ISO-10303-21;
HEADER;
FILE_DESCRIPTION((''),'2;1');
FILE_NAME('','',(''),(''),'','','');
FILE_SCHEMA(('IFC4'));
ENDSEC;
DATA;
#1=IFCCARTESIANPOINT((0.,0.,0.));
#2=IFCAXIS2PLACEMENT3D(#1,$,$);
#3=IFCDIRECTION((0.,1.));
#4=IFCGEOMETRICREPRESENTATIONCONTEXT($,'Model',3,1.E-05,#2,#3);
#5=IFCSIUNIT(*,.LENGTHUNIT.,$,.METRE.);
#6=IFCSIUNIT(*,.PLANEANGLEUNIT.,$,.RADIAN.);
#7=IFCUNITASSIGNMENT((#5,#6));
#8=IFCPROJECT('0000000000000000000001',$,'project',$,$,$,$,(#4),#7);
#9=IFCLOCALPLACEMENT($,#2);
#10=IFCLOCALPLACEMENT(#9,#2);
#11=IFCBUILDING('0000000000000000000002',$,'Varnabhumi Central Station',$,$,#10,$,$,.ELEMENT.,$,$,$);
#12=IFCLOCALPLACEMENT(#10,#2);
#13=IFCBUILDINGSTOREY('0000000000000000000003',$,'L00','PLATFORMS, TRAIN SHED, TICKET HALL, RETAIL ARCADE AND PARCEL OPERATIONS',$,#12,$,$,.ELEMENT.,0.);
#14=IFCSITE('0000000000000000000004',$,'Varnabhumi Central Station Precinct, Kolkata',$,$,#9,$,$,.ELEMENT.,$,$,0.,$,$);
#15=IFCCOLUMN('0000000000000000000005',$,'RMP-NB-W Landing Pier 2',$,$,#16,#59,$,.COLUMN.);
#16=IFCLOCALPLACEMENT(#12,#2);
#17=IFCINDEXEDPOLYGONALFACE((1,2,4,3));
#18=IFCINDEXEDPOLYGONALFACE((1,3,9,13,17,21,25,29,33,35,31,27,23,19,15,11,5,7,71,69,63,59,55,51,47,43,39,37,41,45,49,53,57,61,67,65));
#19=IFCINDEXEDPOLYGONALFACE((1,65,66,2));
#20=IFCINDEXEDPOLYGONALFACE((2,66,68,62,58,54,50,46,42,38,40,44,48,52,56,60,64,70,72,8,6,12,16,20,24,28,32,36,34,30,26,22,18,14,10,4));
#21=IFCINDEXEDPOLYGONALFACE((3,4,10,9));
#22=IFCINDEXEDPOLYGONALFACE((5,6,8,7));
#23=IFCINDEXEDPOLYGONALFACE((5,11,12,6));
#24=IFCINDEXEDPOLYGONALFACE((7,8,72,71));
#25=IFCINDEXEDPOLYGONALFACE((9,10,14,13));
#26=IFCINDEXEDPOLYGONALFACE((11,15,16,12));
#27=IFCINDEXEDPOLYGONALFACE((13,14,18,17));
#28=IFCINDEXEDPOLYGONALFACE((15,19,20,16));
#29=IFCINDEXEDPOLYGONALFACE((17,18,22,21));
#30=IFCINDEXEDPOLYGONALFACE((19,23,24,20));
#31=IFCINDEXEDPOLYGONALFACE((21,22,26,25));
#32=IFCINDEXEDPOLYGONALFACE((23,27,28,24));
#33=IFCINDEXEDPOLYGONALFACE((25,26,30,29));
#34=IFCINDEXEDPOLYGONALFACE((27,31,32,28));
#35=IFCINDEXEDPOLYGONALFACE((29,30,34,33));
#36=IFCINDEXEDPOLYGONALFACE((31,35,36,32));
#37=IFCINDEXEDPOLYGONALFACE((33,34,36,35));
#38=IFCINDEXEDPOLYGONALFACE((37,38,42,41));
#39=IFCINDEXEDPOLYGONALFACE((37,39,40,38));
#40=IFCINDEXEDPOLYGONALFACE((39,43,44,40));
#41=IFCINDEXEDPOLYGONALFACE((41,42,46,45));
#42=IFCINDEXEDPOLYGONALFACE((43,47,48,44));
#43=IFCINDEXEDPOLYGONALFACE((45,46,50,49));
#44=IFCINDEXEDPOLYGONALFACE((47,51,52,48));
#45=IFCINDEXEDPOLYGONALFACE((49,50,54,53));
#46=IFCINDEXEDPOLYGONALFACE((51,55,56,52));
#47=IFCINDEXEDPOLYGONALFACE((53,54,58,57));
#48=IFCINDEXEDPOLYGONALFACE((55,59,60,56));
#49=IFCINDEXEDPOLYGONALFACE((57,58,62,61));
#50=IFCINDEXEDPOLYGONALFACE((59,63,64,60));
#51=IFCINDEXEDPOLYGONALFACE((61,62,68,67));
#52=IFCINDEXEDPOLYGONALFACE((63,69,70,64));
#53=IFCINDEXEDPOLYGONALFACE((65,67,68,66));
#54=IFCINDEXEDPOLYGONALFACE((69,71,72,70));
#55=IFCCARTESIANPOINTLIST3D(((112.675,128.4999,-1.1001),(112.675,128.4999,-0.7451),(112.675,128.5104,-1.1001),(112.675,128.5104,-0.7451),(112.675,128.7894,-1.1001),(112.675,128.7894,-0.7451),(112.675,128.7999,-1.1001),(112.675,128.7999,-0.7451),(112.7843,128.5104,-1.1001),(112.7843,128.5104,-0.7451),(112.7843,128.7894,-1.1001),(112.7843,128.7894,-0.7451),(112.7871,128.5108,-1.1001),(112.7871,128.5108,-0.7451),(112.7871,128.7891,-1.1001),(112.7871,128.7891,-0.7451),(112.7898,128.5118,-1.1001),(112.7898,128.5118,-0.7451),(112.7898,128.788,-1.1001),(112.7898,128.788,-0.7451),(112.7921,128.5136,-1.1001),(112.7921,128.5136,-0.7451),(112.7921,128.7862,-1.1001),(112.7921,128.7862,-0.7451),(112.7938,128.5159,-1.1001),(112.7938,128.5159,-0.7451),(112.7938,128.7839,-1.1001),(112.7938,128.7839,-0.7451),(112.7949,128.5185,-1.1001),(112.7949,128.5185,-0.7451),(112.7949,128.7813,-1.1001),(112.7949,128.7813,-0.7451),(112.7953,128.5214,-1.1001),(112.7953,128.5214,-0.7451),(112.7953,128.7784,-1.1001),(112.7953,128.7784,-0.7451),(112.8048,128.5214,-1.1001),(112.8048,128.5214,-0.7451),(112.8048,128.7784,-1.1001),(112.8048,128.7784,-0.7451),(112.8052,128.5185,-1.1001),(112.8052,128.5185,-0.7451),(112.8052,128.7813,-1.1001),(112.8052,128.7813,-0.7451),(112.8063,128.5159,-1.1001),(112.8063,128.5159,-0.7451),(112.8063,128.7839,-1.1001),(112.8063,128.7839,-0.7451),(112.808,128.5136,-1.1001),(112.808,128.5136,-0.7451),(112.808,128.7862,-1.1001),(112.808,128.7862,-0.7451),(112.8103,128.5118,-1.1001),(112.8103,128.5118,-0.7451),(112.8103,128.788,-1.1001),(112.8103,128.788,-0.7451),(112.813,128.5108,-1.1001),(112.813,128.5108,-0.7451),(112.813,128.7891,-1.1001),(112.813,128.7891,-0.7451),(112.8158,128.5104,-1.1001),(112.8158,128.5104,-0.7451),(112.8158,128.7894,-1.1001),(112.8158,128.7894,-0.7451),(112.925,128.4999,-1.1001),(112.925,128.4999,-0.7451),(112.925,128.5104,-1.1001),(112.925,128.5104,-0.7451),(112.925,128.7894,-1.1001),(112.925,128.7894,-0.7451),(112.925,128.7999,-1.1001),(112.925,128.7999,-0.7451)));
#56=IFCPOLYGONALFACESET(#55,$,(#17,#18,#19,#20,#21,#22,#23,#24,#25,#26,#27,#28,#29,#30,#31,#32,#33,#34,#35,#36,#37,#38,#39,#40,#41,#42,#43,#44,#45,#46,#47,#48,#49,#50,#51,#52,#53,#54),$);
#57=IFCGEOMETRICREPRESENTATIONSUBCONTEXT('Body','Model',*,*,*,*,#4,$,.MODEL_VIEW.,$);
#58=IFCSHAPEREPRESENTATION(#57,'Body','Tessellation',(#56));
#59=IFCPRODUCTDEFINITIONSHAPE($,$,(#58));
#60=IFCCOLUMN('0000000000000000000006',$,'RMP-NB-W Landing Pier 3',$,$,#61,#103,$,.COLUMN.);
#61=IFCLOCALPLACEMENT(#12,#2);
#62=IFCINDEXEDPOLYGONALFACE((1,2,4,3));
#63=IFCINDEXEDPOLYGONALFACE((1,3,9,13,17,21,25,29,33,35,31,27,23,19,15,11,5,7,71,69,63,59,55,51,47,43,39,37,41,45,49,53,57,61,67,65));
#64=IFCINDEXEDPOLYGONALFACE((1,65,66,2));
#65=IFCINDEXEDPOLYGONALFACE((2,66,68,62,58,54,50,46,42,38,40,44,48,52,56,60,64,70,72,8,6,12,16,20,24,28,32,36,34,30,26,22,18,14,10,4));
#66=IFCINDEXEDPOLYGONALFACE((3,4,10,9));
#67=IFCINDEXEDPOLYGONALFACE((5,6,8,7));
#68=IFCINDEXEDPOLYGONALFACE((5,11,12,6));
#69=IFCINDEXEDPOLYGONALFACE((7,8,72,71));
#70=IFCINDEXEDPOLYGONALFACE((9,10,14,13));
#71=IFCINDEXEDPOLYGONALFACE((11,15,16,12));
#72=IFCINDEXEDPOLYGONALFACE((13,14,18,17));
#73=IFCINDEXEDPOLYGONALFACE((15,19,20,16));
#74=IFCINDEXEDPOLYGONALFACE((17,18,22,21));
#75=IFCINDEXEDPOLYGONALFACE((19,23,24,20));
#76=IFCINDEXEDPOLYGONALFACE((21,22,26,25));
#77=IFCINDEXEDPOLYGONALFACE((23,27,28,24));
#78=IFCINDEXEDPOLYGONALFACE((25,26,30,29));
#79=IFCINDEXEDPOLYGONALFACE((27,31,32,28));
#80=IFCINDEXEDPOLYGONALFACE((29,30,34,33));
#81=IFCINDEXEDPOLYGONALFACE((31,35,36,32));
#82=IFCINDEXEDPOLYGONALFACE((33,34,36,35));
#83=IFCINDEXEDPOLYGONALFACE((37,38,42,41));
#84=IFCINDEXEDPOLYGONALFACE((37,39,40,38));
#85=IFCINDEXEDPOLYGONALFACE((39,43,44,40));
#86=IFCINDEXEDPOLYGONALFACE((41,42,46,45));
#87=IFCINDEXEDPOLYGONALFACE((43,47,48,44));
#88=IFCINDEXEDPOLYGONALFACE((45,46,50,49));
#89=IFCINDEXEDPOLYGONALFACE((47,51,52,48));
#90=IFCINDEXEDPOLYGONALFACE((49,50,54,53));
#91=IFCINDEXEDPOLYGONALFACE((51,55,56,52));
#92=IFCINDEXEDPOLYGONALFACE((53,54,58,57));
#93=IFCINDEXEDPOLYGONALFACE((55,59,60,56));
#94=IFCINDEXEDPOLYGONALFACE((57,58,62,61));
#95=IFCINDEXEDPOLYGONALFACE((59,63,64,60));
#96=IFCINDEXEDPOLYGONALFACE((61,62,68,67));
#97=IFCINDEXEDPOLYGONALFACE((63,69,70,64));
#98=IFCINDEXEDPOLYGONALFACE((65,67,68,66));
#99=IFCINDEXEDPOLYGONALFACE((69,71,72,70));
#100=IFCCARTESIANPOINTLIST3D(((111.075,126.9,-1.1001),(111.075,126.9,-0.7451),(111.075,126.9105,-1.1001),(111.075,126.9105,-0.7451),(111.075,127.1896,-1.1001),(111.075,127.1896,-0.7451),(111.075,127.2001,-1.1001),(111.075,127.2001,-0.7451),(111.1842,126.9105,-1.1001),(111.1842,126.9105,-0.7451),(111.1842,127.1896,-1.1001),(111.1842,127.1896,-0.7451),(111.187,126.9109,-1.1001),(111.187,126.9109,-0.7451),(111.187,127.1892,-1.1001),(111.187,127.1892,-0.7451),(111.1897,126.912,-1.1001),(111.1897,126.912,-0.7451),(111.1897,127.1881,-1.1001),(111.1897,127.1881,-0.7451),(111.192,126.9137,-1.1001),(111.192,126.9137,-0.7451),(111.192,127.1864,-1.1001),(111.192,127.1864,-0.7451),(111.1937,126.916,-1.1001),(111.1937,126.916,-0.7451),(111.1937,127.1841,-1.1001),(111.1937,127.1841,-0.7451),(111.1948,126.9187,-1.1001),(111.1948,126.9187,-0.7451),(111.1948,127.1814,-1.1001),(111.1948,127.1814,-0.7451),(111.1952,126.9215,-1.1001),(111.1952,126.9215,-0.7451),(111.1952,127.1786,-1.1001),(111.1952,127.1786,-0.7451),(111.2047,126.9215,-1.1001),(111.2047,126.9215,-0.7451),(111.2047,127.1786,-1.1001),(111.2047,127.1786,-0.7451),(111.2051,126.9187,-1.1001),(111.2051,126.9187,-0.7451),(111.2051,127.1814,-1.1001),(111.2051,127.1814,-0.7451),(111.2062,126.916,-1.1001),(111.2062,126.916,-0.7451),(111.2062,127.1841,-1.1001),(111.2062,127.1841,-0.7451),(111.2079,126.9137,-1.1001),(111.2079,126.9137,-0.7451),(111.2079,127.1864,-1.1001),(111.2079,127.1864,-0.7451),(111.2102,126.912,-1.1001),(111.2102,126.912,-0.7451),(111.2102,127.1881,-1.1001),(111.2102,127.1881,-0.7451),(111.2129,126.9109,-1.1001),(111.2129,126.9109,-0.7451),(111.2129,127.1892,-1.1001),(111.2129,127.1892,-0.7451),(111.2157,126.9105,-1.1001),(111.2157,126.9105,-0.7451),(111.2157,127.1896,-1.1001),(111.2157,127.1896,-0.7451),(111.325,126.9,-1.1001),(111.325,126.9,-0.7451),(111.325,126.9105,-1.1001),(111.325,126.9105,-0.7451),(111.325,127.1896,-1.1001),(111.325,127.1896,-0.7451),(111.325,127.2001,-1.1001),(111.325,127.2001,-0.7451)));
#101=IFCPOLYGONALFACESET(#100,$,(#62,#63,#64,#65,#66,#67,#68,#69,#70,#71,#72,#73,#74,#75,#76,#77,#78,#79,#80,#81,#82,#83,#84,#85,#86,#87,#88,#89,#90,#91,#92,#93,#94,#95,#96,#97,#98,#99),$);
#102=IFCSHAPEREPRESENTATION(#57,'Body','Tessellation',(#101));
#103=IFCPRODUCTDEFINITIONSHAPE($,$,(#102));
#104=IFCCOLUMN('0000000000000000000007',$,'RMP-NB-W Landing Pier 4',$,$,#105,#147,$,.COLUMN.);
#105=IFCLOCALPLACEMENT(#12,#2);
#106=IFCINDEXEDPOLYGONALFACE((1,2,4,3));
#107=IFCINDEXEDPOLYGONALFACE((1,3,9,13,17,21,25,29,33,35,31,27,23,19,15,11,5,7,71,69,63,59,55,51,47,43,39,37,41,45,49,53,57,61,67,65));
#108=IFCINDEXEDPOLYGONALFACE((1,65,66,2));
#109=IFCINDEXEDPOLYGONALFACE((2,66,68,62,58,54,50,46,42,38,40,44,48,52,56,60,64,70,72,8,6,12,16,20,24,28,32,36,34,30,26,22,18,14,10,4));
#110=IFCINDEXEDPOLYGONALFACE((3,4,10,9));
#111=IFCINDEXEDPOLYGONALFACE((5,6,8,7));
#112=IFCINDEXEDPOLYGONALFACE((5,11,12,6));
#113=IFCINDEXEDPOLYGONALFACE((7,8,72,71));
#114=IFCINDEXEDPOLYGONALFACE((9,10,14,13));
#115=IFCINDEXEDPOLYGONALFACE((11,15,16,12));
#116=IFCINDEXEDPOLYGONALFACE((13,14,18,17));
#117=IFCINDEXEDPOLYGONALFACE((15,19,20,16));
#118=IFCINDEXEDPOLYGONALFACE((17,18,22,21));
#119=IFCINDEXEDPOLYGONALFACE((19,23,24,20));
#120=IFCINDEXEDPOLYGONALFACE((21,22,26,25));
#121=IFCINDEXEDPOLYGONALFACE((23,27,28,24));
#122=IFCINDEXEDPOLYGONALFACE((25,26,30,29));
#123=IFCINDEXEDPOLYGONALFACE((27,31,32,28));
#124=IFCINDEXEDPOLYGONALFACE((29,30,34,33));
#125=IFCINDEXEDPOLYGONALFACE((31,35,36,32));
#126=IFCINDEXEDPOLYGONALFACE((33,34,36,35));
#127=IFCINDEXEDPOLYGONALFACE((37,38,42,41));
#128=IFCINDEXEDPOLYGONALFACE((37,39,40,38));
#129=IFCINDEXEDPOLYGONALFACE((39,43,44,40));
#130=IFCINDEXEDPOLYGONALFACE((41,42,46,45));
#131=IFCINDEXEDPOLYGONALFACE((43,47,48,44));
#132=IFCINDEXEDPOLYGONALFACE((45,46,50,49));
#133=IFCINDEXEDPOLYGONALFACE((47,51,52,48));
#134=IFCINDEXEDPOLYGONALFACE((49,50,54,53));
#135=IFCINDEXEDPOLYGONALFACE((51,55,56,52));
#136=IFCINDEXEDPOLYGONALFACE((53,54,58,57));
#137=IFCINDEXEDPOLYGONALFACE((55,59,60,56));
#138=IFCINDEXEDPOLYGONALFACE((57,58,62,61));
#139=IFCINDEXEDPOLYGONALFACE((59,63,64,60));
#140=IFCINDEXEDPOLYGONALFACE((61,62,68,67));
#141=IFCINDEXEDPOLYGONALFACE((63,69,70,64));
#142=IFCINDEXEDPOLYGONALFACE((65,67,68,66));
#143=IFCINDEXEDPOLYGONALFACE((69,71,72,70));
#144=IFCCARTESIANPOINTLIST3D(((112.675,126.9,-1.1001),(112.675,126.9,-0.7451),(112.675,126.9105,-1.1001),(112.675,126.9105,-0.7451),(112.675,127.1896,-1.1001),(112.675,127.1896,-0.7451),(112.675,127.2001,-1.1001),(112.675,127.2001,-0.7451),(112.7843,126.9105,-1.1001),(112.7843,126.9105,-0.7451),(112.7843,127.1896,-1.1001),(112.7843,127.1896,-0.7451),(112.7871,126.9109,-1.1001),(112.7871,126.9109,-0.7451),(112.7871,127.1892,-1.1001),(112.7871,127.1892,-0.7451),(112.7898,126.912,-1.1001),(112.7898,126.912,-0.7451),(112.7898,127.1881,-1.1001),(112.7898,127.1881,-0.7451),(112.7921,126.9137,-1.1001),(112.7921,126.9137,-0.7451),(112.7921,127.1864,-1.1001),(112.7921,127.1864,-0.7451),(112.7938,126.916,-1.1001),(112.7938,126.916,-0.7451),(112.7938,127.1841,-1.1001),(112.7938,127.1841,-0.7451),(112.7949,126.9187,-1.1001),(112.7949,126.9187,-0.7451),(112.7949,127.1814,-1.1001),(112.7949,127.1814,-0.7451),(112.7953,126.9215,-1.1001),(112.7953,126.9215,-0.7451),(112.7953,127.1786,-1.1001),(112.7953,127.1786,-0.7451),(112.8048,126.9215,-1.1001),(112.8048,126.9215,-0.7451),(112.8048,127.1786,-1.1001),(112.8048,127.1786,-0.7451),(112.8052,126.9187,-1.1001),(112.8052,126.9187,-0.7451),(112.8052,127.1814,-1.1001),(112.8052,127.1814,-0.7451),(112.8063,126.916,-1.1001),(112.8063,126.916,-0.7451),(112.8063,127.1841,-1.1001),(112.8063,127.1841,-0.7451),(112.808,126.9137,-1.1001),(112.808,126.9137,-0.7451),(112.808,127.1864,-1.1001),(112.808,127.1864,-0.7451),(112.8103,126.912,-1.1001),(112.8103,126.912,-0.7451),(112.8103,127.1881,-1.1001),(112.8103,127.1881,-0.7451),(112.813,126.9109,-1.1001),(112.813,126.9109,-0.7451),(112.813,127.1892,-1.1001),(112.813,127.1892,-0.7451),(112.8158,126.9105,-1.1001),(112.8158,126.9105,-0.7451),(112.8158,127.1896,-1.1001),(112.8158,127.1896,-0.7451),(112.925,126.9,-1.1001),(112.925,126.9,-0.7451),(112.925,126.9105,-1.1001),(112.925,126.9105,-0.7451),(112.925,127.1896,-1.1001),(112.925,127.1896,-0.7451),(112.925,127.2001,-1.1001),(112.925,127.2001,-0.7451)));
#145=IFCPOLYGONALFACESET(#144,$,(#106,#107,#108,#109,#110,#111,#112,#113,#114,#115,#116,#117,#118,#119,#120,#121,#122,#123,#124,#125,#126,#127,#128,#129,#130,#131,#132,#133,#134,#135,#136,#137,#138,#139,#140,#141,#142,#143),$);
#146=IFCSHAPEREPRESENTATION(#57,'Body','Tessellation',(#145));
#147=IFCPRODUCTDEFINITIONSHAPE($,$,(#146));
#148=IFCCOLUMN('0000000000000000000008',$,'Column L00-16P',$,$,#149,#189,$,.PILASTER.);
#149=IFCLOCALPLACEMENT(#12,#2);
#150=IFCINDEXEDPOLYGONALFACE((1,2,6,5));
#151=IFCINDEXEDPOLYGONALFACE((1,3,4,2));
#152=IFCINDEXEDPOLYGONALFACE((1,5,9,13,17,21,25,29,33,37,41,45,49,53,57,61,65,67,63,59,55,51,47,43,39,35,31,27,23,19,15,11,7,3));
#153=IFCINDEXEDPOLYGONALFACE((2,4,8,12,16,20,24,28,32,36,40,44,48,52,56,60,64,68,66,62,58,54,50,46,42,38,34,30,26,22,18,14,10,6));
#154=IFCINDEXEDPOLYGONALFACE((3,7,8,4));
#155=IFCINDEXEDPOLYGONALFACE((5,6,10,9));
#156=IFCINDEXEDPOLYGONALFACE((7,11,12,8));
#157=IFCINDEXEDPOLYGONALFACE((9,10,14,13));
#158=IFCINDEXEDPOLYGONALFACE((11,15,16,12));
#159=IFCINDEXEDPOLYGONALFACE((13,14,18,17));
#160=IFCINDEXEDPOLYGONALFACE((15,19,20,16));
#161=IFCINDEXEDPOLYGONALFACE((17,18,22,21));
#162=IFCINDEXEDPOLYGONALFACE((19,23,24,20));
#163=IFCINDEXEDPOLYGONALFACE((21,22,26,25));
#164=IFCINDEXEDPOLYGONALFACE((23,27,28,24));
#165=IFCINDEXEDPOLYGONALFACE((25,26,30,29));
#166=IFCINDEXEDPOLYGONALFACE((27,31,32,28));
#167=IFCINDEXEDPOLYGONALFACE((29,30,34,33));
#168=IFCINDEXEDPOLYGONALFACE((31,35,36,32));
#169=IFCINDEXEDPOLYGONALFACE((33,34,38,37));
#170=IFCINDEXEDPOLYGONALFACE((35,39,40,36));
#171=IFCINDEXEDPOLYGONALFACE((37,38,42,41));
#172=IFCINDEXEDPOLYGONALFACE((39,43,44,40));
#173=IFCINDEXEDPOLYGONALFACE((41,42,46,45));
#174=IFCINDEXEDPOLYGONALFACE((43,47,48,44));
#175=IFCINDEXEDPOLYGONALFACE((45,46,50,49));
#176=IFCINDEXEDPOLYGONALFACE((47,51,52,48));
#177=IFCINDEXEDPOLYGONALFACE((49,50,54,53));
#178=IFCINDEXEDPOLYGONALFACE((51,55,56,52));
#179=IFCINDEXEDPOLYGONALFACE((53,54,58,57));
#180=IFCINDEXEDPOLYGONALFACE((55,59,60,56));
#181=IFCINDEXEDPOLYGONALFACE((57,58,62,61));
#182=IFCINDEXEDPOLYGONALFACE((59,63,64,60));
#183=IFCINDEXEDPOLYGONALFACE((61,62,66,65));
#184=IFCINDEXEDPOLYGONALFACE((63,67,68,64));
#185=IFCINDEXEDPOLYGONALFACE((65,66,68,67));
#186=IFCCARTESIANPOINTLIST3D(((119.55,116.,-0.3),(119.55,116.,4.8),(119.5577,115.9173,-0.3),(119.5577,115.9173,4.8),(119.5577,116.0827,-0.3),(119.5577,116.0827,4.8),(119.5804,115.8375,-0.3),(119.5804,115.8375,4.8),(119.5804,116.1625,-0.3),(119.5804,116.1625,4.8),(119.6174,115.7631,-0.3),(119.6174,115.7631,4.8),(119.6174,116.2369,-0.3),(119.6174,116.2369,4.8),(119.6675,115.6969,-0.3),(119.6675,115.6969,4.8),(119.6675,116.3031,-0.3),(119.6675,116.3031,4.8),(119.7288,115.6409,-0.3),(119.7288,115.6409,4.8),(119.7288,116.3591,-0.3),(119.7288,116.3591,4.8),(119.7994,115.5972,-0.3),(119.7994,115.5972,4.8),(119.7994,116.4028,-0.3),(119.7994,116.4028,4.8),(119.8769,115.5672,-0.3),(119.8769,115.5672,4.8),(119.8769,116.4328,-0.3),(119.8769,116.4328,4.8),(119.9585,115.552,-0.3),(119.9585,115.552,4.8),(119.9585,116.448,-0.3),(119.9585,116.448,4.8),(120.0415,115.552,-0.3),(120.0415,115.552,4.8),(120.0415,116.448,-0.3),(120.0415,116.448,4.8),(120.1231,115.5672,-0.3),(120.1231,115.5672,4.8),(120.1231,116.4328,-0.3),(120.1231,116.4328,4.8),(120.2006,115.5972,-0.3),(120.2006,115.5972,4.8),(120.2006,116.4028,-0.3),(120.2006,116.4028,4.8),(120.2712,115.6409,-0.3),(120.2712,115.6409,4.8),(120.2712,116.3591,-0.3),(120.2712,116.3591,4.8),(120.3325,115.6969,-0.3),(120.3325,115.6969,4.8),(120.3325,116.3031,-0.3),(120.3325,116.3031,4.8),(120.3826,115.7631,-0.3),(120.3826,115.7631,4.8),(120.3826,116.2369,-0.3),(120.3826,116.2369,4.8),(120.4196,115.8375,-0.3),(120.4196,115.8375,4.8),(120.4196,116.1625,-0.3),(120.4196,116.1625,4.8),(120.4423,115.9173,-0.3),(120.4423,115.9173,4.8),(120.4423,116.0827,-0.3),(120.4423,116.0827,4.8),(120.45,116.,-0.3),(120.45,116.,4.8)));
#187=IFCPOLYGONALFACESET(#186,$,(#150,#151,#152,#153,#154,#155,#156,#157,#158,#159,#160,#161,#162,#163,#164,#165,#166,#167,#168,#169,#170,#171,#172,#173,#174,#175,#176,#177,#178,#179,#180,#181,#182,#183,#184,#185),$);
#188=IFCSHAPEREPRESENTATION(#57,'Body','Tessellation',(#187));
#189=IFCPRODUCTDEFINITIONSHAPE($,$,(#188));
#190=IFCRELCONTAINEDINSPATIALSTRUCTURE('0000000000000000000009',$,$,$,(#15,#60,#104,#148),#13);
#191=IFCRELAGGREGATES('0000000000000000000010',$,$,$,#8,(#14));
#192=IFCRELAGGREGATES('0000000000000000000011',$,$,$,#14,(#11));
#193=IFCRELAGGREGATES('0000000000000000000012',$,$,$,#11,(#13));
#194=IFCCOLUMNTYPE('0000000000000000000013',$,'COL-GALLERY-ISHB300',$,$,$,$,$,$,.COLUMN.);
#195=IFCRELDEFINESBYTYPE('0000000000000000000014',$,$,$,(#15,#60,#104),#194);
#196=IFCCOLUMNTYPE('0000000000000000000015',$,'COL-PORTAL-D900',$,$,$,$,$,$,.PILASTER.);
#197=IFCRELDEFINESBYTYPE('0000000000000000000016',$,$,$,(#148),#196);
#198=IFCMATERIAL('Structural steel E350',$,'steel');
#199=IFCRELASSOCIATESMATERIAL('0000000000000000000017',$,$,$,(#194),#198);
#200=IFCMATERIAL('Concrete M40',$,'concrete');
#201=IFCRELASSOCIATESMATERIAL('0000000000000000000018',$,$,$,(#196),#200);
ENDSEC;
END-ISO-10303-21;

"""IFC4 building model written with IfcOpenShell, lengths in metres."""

from ifc_helpers import new_model, si_unit, direction, frame, origin, origin_2d, place, context, subcontext, project, spatial, circle, i_section, extrude, material, material_profile, profile_set, type_object, element, save


model = new_model("IFC4")

# Units and contexts
model_context = context("Model", 3, precision=1e-05, world=origin(), true_north=direction((0.0, 1.0)))
body_context = subcontext(model_context, "Body", "Model", "MODEL_VIEW")
ifc_project = project(units=[si_unit("LENGTHUNIT", "METRE"), si_unit("PLANEANGLEUNIT", "RADIAN")], contexts=[model_context])

# Site, building, storey
site_placement = place(None, origin())
site = spatial("IfcSite", under=ifc_project, at=site_placement, Name="Varnabhumi Central Station Precinct, Kolkata", CompositionType="ELEMENT", RefElevation=0.0)
building_placement = place(site_placement, origin())
building = spatial("IfcBuilding", under=site, at=building_placement, Name="Varnabhumi Central Station", CompositionType="ELEMENT")
storey_placement = place(building_placement, origin())
storey = spatial("IfcBuildingStorey", under=building, at=storey_placement, Name="L00", Description="PLATFORMS, TRAIN SHED, TICKET HALL, RETAIL ARCADE AND PARCEL OPERATIONS", CompositionType="ELEMENT", Elevation=0.0)

# Shared definitions
ifc_material_1 = material(Name="Concrete M40", Category="concrete")

# Columns
ifc_material_2 = material(Name="Structural steel E350", Category="steel")
ifc_material_profile_1 = material_profile(ifc_material_2, i_section(OverallWidth=0.25, OverallDepth=0.3, WebThickness=0.0095, FlangeThickness=0.0105, FilletRadius=0.011, at=origin_2d()), Name="Structural steel E350", Category="steel")
ifc_profile_set_1 = profile_set([ifc_material_profile_1], Name="Structural steel E350")
column_type_1 = type_object("IfcColumnType", Name="COL-GALLERY-ISHB300", PredefinedType="COLUMN", material=ifc_profile_set_1)
for number, where, z_axis, x_axis, name in (
    (1, (112.8, 128.6499, -1.1001), (0.0, 0.0, 1.0), (1.0, 0.0, 0.0), "RMP-NB-W Landing Pier 2"),
    (2, (111.2, 127.05, -1.1001), (0.0, 0.0, 1.0), (1.0, 0.0, 0.0), "RMP-NB-W Landing Pier 3"),
    (3, (112.8, 127.05, -1.1001), (0.0, 0.0, 1.0), (1.0, 0.0, 0.0), "RMP-NB-W Landing Pier 4"),
):
    element("IfcColumn", number, at=place(storey_placement, frame(where, z_axis=z_axis, x_axis=x_axis)), inside=storey, type_object=column_type_1, Name=name, PredefinedType="COLUMN", context=body_context, shape_type="SweptSolid", body=[
        extrude(i_section(OverallWidth=0.25, OverallDepth=0.3, WebThickness=0.0095, FlangeThickness=0.0105, FilletRadius=0.011, at=origin_2d()), origin(), (0.0, 0.0, 1.0), 0.355),
    ])
ifc_material_profile_2 = material_profile(ifc_material_1, circle(Radius=0.45, at=origin_2d()), Name="Concrete M40", Category="concrete")
ifc_profile_set_2 = profile_set([ifc_material_profile_2], Name="Concrete M40")
column_type_2 = type_object("IfcColumnType", Name="COL-PORTAL-D900", PredefinedType="PILASTER", material=ifc_profile_set_2)
column_placement = place(storey_placement, frame((120.0, 116.0, -0.3), z_axis=(0.0, 0.0, 1.0), x_axis=(1.0, 0.0, 0.0)))
element("IfcColumn", 4, at=column_placement, inside=storey, type_object=column_type_2, Name="Column L00-16P", PredefinedType="PILASTER", context=body_context, shape_type="SweptSolid", body=[
    extrude(circle(Radius=0.45, at=origin_2d()), origin(), (0.0, 0.0, 1.0), 5.1001),
])

save(model, "model.ifc")
